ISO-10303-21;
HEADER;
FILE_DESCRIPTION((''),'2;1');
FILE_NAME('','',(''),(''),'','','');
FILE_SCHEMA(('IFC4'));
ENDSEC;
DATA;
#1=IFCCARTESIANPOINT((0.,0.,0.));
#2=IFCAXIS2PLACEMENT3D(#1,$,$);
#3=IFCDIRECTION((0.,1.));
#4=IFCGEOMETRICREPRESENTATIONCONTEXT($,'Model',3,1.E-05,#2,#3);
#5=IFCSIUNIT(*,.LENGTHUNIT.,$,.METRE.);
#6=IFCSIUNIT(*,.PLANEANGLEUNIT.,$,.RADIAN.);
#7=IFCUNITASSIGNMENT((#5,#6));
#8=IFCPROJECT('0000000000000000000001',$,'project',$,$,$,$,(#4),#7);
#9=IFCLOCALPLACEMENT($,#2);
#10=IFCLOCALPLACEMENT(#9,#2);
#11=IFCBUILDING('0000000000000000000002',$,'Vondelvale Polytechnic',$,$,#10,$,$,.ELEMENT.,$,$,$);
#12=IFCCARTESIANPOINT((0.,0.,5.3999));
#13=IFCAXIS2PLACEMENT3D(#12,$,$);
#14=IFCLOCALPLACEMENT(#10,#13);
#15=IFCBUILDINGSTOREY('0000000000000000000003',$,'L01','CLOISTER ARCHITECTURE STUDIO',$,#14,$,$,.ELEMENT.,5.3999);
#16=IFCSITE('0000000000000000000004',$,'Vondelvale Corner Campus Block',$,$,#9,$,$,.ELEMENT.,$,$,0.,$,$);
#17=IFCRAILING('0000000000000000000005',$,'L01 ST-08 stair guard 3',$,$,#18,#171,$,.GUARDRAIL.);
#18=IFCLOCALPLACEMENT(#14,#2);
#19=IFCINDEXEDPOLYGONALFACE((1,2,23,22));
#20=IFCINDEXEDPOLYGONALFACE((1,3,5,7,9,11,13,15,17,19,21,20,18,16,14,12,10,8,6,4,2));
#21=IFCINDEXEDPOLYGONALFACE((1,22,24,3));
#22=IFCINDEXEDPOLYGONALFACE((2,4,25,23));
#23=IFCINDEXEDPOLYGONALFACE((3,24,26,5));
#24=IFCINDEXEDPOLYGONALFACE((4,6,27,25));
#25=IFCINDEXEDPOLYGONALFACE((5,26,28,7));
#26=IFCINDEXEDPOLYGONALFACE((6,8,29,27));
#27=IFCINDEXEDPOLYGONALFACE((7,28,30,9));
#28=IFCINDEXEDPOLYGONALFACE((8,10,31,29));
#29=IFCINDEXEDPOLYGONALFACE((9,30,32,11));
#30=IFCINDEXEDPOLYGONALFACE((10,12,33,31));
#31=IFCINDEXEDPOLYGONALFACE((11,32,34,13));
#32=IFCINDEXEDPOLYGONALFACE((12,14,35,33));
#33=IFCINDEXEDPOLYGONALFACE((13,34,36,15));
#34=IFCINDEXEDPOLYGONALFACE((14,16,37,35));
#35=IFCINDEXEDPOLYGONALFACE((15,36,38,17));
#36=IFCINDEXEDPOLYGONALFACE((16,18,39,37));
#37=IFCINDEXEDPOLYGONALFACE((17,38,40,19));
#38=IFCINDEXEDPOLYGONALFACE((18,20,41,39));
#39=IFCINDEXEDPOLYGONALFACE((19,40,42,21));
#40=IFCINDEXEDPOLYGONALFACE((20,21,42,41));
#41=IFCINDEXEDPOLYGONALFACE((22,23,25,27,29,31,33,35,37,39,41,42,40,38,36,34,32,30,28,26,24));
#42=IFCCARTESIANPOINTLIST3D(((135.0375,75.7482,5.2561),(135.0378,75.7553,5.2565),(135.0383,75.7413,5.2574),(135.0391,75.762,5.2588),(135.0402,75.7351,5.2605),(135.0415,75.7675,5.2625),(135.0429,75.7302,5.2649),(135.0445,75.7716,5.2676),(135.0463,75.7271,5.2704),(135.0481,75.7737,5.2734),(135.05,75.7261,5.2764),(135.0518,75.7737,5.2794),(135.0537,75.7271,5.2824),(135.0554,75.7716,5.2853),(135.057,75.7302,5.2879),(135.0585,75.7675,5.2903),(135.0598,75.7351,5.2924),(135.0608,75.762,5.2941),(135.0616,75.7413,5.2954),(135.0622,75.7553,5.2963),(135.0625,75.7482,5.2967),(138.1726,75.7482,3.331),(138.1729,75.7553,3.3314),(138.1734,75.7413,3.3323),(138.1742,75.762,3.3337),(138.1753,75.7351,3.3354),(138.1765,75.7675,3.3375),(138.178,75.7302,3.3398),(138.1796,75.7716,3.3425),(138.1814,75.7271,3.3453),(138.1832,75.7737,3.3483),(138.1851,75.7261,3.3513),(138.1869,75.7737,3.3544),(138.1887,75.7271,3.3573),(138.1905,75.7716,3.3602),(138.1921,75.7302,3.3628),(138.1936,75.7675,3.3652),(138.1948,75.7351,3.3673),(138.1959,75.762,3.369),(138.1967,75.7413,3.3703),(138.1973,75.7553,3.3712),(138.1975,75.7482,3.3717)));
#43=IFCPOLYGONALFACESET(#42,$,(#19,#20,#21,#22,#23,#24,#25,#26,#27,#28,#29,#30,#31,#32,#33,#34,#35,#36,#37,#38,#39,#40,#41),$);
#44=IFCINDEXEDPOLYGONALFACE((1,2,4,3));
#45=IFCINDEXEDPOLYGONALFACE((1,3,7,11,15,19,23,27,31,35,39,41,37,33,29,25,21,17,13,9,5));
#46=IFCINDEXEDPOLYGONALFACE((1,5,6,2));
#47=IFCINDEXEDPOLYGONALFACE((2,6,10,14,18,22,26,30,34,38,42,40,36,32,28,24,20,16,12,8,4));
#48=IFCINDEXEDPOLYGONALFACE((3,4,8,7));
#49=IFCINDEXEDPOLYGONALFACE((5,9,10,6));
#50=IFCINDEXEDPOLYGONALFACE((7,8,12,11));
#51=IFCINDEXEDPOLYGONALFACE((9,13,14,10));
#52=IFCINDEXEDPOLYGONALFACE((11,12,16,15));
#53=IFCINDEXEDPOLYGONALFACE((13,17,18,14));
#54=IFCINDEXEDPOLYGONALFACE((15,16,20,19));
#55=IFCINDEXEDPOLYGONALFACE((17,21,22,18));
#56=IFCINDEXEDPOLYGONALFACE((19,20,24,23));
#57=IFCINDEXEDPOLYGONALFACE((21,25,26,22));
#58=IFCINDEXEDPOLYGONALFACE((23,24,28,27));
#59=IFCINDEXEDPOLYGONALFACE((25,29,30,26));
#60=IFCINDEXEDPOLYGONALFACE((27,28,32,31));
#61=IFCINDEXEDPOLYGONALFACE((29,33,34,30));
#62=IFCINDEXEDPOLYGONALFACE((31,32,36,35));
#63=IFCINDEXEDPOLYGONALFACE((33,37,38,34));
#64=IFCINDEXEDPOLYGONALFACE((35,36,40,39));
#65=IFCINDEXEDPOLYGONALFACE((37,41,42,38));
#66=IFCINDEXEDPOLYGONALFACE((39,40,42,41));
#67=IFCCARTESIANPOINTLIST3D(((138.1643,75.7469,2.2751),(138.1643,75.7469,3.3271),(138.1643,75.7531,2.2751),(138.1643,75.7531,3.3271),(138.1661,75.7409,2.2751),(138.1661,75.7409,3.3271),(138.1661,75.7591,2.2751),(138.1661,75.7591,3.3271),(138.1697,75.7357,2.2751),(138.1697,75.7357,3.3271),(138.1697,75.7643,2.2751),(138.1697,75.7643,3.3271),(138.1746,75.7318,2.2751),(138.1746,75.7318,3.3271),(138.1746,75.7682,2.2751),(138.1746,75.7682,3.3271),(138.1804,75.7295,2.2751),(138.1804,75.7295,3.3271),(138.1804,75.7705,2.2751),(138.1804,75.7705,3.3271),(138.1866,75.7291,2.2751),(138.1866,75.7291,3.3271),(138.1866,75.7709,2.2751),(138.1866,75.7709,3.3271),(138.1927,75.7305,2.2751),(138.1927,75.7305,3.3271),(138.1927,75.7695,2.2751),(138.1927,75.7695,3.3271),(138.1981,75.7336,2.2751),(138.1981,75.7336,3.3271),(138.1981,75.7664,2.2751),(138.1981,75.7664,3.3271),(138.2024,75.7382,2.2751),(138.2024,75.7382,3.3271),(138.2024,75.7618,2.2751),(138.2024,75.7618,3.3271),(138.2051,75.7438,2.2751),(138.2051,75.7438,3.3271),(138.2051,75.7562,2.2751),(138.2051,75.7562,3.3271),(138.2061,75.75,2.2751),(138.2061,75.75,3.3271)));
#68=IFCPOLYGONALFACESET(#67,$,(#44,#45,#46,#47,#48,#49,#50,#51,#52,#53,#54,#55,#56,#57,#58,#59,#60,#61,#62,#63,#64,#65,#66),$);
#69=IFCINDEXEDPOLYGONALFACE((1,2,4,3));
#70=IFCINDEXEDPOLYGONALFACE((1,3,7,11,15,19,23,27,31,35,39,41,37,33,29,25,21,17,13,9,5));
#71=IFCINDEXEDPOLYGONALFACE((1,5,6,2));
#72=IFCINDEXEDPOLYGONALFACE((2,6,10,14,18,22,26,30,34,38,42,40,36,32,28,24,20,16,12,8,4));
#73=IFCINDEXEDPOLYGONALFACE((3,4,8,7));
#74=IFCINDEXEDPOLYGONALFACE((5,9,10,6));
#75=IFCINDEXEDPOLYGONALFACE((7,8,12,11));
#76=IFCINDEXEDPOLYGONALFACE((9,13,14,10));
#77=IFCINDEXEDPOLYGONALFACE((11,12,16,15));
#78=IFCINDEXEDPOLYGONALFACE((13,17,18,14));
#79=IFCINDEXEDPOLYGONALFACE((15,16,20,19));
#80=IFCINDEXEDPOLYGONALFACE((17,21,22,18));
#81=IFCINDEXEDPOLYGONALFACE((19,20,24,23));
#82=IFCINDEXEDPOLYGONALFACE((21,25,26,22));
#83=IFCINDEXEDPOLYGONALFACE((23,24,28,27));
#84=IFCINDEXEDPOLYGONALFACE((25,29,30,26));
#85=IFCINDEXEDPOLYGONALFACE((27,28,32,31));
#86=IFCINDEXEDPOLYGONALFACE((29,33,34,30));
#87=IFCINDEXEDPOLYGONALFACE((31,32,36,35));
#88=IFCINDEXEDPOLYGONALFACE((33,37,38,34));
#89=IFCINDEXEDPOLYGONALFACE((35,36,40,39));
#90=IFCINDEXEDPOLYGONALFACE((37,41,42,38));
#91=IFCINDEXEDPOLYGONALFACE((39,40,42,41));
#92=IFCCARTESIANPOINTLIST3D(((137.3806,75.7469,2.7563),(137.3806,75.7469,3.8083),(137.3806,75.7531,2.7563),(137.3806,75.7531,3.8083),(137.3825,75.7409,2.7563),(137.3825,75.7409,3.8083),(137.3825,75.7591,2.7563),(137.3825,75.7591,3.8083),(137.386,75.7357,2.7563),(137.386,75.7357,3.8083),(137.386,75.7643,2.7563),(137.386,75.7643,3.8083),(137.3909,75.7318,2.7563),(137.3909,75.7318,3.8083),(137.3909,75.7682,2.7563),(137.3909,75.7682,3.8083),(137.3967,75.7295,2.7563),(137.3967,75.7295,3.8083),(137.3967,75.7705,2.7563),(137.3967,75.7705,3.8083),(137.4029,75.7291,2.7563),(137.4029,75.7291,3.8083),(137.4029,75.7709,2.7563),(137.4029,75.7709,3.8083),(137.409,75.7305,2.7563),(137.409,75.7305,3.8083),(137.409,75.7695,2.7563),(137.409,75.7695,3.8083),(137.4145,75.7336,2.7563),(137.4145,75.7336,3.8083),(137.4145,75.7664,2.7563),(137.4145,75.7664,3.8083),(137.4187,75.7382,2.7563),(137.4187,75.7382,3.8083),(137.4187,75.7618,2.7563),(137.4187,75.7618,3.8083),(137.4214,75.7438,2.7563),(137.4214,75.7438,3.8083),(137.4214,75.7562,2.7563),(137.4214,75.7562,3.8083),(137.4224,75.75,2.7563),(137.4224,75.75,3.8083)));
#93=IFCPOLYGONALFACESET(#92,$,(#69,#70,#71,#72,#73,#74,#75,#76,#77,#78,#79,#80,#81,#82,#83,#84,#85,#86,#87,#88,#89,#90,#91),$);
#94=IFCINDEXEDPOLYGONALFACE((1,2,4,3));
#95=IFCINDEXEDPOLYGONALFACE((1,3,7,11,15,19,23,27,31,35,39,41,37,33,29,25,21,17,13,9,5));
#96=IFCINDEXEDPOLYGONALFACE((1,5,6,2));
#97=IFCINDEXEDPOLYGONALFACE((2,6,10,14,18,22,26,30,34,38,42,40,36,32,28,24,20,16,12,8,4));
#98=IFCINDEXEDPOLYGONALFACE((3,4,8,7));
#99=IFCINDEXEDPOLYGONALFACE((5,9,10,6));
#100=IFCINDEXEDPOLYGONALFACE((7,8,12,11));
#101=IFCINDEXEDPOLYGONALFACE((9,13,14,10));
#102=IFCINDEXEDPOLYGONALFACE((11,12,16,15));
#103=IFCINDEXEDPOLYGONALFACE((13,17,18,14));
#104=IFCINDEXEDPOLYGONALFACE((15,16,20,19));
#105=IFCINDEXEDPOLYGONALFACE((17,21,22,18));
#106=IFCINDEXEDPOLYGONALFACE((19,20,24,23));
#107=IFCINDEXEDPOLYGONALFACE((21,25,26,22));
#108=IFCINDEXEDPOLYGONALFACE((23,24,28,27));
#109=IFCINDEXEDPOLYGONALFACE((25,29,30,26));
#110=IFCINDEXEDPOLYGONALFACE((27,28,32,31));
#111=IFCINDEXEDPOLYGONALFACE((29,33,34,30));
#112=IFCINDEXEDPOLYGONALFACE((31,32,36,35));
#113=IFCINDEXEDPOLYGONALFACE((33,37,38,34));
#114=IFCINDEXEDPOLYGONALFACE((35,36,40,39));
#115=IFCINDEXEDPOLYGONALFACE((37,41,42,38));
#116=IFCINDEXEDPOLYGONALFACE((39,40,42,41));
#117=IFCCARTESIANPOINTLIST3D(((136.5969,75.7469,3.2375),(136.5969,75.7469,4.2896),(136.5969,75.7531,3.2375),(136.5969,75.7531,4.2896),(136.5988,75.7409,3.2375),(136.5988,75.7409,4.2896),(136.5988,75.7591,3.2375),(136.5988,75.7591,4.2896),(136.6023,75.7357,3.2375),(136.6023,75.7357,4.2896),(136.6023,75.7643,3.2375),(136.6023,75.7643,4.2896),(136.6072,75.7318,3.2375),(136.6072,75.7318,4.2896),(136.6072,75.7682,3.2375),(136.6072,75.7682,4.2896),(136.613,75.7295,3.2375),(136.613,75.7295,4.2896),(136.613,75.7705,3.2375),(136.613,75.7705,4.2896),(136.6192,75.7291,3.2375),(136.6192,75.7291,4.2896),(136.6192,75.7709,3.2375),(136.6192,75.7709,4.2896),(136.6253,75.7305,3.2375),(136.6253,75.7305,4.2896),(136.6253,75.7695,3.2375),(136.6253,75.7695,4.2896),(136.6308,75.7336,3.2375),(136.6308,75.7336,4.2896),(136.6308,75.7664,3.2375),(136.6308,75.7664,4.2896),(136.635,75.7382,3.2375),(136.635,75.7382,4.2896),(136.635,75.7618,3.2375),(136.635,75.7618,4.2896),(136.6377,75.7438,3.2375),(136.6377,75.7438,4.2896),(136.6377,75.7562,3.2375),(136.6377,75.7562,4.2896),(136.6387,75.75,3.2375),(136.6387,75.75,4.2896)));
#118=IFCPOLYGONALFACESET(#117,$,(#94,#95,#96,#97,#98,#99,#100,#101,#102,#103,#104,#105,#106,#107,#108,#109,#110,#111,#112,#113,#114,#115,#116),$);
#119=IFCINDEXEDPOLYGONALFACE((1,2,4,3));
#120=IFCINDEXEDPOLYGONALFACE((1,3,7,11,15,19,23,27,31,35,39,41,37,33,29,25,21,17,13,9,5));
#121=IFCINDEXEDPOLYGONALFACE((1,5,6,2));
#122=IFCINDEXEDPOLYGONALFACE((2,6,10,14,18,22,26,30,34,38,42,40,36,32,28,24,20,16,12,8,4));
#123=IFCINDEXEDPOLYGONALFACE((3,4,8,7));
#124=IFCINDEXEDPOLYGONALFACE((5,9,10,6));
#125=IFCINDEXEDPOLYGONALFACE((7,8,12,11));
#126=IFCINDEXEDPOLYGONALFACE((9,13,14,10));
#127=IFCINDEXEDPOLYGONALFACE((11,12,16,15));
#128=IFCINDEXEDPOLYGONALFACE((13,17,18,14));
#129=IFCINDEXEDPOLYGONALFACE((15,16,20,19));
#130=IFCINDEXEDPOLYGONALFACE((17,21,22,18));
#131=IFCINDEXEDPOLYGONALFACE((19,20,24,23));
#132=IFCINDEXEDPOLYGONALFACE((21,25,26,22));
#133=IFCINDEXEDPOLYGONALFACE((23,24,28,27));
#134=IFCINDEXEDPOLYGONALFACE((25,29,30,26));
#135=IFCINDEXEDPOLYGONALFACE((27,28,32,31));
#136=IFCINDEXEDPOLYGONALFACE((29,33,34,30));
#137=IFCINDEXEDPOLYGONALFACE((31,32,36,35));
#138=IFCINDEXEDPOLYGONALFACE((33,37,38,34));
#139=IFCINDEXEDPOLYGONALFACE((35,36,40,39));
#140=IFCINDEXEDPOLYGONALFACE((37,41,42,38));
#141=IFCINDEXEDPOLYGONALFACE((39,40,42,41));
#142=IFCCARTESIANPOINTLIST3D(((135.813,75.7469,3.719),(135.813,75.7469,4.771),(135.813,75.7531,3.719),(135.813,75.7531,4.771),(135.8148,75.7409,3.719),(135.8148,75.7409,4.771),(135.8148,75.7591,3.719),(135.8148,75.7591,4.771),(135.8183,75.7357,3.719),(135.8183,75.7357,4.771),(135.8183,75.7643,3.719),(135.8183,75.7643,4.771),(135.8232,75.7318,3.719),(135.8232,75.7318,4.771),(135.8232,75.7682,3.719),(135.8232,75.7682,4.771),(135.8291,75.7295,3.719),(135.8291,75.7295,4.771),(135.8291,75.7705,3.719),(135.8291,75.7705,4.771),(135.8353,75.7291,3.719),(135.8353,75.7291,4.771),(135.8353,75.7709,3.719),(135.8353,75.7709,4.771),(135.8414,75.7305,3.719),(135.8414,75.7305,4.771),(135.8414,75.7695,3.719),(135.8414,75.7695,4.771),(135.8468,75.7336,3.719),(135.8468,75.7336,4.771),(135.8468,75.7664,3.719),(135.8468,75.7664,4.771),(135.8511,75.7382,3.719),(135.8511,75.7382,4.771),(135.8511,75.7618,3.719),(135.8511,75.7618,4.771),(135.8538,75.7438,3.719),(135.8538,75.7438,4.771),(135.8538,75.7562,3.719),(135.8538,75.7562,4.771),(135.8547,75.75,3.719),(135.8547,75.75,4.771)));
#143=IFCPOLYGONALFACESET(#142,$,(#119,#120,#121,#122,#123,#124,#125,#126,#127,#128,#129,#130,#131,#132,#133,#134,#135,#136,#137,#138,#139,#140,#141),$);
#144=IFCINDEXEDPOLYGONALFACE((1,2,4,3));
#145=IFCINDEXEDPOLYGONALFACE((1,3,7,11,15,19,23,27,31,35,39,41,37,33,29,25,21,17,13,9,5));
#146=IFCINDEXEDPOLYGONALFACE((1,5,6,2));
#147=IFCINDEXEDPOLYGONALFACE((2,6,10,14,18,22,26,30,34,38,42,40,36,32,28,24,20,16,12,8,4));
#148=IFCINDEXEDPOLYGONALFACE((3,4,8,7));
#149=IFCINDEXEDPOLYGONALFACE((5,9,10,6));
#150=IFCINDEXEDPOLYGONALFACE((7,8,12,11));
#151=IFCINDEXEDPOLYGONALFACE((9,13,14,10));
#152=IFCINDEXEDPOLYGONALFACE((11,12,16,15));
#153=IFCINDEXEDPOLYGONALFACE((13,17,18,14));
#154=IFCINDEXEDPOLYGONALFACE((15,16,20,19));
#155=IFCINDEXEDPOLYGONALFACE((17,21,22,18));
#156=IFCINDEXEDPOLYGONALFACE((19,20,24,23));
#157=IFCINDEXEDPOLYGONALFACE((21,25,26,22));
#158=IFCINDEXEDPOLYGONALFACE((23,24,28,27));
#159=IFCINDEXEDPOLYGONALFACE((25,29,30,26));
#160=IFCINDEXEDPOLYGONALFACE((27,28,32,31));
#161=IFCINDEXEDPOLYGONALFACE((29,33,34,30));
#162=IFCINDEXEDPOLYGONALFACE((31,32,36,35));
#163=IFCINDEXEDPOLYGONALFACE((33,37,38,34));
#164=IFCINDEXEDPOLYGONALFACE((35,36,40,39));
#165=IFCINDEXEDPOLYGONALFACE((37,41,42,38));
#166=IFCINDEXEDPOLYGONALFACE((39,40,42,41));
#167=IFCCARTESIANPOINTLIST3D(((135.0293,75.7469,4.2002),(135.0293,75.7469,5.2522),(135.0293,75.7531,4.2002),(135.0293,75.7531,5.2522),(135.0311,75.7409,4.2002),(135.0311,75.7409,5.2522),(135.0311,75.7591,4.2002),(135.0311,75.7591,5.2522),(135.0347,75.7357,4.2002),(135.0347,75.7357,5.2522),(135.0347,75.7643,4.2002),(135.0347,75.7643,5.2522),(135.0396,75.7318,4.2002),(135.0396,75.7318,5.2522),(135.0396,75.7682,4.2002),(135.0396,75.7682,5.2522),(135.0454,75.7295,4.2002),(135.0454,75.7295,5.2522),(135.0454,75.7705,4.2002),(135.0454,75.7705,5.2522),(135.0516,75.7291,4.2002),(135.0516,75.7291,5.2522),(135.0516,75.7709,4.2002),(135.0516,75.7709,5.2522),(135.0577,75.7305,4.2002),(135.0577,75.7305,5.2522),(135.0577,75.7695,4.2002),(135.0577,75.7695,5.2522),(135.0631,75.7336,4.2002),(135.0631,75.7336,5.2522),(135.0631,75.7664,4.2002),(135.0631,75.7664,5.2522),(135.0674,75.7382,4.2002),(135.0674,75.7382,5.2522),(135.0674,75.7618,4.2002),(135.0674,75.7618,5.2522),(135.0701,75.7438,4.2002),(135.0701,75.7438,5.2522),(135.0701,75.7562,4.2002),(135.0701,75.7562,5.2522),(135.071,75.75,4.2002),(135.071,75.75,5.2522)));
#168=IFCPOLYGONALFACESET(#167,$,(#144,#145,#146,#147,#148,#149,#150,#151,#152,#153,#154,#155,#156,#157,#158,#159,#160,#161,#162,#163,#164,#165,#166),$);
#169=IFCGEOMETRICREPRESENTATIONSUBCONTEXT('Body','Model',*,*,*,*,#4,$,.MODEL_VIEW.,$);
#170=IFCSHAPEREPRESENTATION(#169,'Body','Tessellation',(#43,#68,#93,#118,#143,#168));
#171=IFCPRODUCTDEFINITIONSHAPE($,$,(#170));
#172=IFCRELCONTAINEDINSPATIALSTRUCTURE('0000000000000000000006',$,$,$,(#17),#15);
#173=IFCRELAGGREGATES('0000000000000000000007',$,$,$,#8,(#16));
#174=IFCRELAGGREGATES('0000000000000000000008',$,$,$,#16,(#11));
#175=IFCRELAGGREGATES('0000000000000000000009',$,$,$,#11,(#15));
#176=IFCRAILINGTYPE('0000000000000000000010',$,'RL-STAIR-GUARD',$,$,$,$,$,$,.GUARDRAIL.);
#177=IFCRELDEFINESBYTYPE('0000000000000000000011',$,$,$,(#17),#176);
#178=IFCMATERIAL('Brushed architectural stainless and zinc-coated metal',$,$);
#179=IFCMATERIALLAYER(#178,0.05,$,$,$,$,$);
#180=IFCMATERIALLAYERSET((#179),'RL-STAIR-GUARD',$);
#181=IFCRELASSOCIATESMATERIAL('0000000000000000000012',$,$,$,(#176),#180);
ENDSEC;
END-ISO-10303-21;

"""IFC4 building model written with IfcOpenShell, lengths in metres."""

from ifc_helpers import new_model, si_unit, direction, frame, origin, origin_2d, place, context, subcontext, project, spatial, circle, extrude, material, layer, layer_set, type_object, element, save


model = new_model("IFC4")

# Units and contexts
model_context = context("Model", 3, precision=1e-05, world=origin(), true_north=direction((0.0, 1.0)))
body_context = subcontext(model_context, "Body", "Model", "MODEL_VIEW")
ifc_project = project(units=[si_unit("LENGTHUNIT", "METRE"), si_unit("PLANEANGLEUNIT", "RADIAN")], contexts=[model_context])

# Site, building, storey
site_placement = place(None, origin())
site = spatial("IfcSite", under=ifc_project, at=site_placement, Name="Vondelvale Corner Campus Block", CompositionType="ELEMENT", RefElevation=0.0)
building_placement = place(site_placement, origin())
building = spatial("IfcBuilding", under=site, at=building_placement, Name="Vondelvale Polytechnic", CompositionType="ELEMENT")
storey_placement = place(building_placement, frame((0.0, 0.0, 5.3999)))
storey = spatial("IfcBuildingStorey", under=building, at=storey_placement, Name="L01", Description="CLOISTER ARCHITECTURE STUDIO", CompositionType="ELEMENT", Elevation=5.3999)

# Shared definitions
ifc_material_1 = material(Name="Brushed architectural stainless and zinc-coated metal")

# Railing
ifc_layer_1 = layer(ifc_material_1, 0.05)
ifc_layer_set_1 = layer_set([ifc_layer_1], Name="RL-STAIR-GUARD")
railing_type_1 = type_object("IfcRailingType", Name="RL-STAIR-GUARD", PredefinedType="GUARDRAIL", material=ifc_layer_set_1)
railing_1_placement = place(storey_placement, frame((138.1851, 75.75, 2.2751)))
element("IfcRailing", 1, at=railing_1_placement, inside=storey, type_object=railing_type_1, Name="L01 ST-08 stair guard 3", PredefinedType="GUARDRAIL", context=body_context, shape_type="SweptSolid", body=[
    extrude(circle(Radius=0.0239, at=origin_2d()), frame((0.0, 0.0, 1.0762), z_axis=(-0.852166, 0.0, 0.523271), x_axis=(0.0, -1.0, 0.0)), (0.0, 0.0, 1.0), 3.679),
    extrude(circle(Radius=0.021, at=origin_2d()), origin(), (0.0, 0.0, 1.0), 1.052),
    extrude(circle(Radius=0.021, at=origin_2d()), frame((-0.7837, 0.0, 0.4812)), (0.0, 0.0, 1.0), 1.052),
    extrude(circle(Radius=0.021, at=origin_2d()), frame((-1.5674, 0.0, 0.9624)), (0.0, 0.0, 1.0), 1.052),
    extrude(circle(Radius=0.021, at=origin_2d()), frame((-2.3513, 0.0, 1.4438)), (0.0, 0.0, 1.0), 1.052),
    extrude(circle(Radius=0.021, at=origin_2d()), frame((-3.135, 0.0, 1.925)), (0.0, 0.0, 1.0), 1.052),
])

save(model, "model.ifc")
